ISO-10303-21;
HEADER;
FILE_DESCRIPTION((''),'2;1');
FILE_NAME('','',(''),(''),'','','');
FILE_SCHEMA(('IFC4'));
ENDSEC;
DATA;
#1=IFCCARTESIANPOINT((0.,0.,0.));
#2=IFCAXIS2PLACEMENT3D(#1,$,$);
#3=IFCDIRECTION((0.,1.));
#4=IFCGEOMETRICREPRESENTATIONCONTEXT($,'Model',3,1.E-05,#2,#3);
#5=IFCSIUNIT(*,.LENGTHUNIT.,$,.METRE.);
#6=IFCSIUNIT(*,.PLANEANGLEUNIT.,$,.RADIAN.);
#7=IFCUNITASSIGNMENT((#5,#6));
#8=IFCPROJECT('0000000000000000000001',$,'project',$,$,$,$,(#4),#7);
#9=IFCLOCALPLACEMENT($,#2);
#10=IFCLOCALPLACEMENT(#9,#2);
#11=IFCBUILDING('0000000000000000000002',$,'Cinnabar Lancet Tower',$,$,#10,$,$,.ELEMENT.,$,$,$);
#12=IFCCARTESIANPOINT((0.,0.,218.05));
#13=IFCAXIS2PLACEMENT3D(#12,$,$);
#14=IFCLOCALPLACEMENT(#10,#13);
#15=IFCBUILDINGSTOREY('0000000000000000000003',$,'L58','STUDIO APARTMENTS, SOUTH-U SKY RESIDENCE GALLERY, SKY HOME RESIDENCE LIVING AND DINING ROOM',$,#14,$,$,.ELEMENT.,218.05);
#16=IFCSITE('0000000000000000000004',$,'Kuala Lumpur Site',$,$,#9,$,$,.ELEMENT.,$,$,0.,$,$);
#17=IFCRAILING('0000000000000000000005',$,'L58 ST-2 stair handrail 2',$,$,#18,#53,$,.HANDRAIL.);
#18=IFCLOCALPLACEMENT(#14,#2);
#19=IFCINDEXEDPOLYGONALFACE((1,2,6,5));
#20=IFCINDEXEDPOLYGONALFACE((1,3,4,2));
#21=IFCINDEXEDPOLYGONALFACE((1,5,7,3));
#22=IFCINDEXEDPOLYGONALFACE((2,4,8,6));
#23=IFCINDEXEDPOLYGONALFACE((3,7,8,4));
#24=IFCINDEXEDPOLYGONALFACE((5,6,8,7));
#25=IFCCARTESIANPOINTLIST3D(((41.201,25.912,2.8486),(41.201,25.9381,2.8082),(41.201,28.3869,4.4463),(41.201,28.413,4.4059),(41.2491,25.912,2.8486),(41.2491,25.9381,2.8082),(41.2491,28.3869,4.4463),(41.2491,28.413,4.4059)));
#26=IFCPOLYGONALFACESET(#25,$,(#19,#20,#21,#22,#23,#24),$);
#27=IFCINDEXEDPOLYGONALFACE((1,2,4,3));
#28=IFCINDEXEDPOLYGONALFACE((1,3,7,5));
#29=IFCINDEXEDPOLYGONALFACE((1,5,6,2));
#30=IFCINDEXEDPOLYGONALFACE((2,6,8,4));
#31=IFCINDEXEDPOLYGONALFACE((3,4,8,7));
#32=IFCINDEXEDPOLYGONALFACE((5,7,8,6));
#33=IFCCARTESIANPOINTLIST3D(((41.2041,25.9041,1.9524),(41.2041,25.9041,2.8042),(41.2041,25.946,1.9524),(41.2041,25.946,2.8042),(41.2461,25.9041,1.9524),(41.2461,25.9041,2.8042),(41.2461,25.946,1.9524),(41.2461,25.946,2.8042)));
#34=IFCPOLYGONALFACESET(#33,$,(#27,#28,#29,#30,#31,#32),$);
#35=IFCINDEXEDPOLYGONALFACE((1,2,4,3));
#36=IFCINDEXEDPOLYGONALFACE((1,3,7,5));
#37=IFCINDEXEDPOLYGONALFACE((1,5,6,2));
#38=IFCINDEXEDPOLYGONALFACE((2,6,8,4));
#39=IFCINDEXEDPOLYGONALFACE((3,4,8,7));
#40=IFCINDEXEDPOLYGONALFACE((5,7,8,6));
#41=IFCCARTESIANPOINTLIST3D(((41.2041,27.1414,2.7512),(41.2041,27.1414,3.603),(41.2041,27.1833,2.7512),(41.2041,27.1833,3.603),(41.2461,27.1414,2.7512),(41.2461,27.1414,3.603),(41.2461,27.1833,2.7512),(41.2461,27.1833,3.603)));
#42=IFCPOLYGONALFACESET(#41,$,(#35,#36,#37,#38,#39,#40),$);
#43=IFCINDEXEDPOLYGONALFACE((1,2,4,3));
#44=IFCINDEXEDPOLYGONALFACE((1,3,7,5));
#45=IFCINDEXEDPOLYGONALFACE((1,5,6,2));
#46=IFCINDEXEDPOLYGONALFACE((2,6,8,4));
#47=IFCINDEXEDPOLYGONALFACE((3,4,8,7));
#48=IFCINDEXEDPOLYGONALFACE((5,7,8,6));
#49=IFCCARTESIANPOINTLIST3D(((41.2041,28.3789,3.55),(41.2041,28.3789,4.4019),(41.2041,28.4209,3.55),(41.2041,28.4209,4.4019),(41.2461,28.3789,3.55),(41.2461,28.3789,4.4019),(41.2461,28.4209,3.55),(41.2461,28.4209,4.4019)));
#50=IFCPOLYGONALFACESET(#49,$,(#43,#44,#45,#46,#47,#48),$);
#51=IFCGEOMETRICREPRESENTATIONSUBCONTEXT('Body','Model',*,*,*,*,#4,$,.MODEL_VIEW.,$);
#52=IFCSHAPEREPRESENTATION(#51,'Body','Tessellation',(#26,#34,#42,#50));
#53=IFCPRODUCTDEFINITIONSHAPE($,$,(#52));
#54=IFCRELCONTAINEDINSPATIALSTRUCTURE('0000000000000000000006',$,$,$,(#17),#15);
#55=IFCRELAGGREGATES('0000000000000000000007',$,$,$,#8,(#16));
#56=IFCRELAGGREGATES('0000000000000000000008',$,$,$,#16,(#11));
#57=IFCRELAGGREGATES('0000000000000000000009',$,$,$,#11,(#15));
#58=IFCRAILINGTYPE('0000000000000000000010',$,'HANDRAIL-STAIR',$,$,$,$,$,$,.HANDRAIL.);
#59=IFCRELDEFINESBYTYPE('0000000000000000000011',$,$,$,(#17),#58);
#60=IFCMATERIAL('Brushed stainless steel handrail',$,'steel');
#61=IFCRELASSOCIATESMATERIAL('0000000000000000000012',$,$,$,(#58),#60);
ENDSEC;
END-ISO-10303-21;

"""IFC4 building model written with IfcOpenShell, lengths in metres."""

from ifc_helpers import new_model, si_unit, direction, frame, origin, origin_2d, place, context, subcontext, project, spatial, rectangle, extrude, material, type_object, element, save


model = new_model("IFC4")

# Units and contexts
model_context = context("Model", 3, precision=1e-05, world=origin(), true_north=direction((0.0, 1.0)))
body_context = subcontext(model_context, "Body", "Model", "MODEL_VIEW")
ifc_project = project(units=[si_unit("LENGTHUNIT", "METRE"), si_unit("PLANEANGLEUNIT", "RADIAN")], contexts=[model_context])

# Site, building, storey
site_placement = place(None, origin())
site = spatial("IfcSite", under=ifc_project, at=site_placement, Name="Kuala Lumpur Site", CompositionType="ELEMENT", RefElevation=0.0)
building_placement = place(site_placement, origin())
building = spatial("IfcBuilding", under=site, at=building_placement, Name="Cinnabar Lancet Tower", CompositionType="ELEMENT")
storey_placement = place(building_placement, frame((0.0, 0.0, 218.05)))
storey = spatial("IfcBuildingStorey", under=building, at=storey_placement, Name="L58", Description="STUDIO APARTMENTS, SOUTH-U SKY RESIDENCE GALLERY, SKY HOME RESIDENCE LIVING AND DINING ROOM", CompositionType="ELEMENT", Elevation=218.05)

# Railing
ifc_material_1 = material(Name="Brushed stainless steel handrail", Category="steel")
railing_type_1 = type_object("IfcRailingType", Name="HANDRAIL-STAIR", PredefinedType="HANDRAIL", material=ifc_material_1)
railing_1_placement = place(storey_placement, frame((41.2251, 25.925, 1.9524)))
element("IfcRailing", 1, at=railing_1_placement, inside=storey, type_object=railing_type_1, Name="L58 ST-2 stair handrail 2", PredefinedType="HANDRAIL", context=body_context, shape_type="SweptSolid", body=[
    extrude(rectangle(XDim=0.0481, YDim=0.0481, at=origin_2d()), frame((0.0, 0.0, 0.876), z_axis=(0.0, 0.840146, 0.542361), x_axis=(-1.0, 0.0, 0.0)), (0.0, 0.0, 1.0), 2.9458),
    extrude(rectangle(XDim=0.042, YDim=0.042, at=origin_2d()), origin(), (0.0, 0.0, 1.0), 0.8518),
    extrude(rectangle(XDim=0.042, YDim=0.042, at=origin_2d()), frame((0.0, 1.2373, 0.7988)), (0.0, 0.0, 1.0), 0.8518),
    extrude(rectangle(XDim=0.042, YDim=0.042, at=origin_2d()), frame((0.0, 2.4749, 1.5977)), (0.0, 0.0, 1.0), 0.8518),
])

save(model, "model.ifc")
